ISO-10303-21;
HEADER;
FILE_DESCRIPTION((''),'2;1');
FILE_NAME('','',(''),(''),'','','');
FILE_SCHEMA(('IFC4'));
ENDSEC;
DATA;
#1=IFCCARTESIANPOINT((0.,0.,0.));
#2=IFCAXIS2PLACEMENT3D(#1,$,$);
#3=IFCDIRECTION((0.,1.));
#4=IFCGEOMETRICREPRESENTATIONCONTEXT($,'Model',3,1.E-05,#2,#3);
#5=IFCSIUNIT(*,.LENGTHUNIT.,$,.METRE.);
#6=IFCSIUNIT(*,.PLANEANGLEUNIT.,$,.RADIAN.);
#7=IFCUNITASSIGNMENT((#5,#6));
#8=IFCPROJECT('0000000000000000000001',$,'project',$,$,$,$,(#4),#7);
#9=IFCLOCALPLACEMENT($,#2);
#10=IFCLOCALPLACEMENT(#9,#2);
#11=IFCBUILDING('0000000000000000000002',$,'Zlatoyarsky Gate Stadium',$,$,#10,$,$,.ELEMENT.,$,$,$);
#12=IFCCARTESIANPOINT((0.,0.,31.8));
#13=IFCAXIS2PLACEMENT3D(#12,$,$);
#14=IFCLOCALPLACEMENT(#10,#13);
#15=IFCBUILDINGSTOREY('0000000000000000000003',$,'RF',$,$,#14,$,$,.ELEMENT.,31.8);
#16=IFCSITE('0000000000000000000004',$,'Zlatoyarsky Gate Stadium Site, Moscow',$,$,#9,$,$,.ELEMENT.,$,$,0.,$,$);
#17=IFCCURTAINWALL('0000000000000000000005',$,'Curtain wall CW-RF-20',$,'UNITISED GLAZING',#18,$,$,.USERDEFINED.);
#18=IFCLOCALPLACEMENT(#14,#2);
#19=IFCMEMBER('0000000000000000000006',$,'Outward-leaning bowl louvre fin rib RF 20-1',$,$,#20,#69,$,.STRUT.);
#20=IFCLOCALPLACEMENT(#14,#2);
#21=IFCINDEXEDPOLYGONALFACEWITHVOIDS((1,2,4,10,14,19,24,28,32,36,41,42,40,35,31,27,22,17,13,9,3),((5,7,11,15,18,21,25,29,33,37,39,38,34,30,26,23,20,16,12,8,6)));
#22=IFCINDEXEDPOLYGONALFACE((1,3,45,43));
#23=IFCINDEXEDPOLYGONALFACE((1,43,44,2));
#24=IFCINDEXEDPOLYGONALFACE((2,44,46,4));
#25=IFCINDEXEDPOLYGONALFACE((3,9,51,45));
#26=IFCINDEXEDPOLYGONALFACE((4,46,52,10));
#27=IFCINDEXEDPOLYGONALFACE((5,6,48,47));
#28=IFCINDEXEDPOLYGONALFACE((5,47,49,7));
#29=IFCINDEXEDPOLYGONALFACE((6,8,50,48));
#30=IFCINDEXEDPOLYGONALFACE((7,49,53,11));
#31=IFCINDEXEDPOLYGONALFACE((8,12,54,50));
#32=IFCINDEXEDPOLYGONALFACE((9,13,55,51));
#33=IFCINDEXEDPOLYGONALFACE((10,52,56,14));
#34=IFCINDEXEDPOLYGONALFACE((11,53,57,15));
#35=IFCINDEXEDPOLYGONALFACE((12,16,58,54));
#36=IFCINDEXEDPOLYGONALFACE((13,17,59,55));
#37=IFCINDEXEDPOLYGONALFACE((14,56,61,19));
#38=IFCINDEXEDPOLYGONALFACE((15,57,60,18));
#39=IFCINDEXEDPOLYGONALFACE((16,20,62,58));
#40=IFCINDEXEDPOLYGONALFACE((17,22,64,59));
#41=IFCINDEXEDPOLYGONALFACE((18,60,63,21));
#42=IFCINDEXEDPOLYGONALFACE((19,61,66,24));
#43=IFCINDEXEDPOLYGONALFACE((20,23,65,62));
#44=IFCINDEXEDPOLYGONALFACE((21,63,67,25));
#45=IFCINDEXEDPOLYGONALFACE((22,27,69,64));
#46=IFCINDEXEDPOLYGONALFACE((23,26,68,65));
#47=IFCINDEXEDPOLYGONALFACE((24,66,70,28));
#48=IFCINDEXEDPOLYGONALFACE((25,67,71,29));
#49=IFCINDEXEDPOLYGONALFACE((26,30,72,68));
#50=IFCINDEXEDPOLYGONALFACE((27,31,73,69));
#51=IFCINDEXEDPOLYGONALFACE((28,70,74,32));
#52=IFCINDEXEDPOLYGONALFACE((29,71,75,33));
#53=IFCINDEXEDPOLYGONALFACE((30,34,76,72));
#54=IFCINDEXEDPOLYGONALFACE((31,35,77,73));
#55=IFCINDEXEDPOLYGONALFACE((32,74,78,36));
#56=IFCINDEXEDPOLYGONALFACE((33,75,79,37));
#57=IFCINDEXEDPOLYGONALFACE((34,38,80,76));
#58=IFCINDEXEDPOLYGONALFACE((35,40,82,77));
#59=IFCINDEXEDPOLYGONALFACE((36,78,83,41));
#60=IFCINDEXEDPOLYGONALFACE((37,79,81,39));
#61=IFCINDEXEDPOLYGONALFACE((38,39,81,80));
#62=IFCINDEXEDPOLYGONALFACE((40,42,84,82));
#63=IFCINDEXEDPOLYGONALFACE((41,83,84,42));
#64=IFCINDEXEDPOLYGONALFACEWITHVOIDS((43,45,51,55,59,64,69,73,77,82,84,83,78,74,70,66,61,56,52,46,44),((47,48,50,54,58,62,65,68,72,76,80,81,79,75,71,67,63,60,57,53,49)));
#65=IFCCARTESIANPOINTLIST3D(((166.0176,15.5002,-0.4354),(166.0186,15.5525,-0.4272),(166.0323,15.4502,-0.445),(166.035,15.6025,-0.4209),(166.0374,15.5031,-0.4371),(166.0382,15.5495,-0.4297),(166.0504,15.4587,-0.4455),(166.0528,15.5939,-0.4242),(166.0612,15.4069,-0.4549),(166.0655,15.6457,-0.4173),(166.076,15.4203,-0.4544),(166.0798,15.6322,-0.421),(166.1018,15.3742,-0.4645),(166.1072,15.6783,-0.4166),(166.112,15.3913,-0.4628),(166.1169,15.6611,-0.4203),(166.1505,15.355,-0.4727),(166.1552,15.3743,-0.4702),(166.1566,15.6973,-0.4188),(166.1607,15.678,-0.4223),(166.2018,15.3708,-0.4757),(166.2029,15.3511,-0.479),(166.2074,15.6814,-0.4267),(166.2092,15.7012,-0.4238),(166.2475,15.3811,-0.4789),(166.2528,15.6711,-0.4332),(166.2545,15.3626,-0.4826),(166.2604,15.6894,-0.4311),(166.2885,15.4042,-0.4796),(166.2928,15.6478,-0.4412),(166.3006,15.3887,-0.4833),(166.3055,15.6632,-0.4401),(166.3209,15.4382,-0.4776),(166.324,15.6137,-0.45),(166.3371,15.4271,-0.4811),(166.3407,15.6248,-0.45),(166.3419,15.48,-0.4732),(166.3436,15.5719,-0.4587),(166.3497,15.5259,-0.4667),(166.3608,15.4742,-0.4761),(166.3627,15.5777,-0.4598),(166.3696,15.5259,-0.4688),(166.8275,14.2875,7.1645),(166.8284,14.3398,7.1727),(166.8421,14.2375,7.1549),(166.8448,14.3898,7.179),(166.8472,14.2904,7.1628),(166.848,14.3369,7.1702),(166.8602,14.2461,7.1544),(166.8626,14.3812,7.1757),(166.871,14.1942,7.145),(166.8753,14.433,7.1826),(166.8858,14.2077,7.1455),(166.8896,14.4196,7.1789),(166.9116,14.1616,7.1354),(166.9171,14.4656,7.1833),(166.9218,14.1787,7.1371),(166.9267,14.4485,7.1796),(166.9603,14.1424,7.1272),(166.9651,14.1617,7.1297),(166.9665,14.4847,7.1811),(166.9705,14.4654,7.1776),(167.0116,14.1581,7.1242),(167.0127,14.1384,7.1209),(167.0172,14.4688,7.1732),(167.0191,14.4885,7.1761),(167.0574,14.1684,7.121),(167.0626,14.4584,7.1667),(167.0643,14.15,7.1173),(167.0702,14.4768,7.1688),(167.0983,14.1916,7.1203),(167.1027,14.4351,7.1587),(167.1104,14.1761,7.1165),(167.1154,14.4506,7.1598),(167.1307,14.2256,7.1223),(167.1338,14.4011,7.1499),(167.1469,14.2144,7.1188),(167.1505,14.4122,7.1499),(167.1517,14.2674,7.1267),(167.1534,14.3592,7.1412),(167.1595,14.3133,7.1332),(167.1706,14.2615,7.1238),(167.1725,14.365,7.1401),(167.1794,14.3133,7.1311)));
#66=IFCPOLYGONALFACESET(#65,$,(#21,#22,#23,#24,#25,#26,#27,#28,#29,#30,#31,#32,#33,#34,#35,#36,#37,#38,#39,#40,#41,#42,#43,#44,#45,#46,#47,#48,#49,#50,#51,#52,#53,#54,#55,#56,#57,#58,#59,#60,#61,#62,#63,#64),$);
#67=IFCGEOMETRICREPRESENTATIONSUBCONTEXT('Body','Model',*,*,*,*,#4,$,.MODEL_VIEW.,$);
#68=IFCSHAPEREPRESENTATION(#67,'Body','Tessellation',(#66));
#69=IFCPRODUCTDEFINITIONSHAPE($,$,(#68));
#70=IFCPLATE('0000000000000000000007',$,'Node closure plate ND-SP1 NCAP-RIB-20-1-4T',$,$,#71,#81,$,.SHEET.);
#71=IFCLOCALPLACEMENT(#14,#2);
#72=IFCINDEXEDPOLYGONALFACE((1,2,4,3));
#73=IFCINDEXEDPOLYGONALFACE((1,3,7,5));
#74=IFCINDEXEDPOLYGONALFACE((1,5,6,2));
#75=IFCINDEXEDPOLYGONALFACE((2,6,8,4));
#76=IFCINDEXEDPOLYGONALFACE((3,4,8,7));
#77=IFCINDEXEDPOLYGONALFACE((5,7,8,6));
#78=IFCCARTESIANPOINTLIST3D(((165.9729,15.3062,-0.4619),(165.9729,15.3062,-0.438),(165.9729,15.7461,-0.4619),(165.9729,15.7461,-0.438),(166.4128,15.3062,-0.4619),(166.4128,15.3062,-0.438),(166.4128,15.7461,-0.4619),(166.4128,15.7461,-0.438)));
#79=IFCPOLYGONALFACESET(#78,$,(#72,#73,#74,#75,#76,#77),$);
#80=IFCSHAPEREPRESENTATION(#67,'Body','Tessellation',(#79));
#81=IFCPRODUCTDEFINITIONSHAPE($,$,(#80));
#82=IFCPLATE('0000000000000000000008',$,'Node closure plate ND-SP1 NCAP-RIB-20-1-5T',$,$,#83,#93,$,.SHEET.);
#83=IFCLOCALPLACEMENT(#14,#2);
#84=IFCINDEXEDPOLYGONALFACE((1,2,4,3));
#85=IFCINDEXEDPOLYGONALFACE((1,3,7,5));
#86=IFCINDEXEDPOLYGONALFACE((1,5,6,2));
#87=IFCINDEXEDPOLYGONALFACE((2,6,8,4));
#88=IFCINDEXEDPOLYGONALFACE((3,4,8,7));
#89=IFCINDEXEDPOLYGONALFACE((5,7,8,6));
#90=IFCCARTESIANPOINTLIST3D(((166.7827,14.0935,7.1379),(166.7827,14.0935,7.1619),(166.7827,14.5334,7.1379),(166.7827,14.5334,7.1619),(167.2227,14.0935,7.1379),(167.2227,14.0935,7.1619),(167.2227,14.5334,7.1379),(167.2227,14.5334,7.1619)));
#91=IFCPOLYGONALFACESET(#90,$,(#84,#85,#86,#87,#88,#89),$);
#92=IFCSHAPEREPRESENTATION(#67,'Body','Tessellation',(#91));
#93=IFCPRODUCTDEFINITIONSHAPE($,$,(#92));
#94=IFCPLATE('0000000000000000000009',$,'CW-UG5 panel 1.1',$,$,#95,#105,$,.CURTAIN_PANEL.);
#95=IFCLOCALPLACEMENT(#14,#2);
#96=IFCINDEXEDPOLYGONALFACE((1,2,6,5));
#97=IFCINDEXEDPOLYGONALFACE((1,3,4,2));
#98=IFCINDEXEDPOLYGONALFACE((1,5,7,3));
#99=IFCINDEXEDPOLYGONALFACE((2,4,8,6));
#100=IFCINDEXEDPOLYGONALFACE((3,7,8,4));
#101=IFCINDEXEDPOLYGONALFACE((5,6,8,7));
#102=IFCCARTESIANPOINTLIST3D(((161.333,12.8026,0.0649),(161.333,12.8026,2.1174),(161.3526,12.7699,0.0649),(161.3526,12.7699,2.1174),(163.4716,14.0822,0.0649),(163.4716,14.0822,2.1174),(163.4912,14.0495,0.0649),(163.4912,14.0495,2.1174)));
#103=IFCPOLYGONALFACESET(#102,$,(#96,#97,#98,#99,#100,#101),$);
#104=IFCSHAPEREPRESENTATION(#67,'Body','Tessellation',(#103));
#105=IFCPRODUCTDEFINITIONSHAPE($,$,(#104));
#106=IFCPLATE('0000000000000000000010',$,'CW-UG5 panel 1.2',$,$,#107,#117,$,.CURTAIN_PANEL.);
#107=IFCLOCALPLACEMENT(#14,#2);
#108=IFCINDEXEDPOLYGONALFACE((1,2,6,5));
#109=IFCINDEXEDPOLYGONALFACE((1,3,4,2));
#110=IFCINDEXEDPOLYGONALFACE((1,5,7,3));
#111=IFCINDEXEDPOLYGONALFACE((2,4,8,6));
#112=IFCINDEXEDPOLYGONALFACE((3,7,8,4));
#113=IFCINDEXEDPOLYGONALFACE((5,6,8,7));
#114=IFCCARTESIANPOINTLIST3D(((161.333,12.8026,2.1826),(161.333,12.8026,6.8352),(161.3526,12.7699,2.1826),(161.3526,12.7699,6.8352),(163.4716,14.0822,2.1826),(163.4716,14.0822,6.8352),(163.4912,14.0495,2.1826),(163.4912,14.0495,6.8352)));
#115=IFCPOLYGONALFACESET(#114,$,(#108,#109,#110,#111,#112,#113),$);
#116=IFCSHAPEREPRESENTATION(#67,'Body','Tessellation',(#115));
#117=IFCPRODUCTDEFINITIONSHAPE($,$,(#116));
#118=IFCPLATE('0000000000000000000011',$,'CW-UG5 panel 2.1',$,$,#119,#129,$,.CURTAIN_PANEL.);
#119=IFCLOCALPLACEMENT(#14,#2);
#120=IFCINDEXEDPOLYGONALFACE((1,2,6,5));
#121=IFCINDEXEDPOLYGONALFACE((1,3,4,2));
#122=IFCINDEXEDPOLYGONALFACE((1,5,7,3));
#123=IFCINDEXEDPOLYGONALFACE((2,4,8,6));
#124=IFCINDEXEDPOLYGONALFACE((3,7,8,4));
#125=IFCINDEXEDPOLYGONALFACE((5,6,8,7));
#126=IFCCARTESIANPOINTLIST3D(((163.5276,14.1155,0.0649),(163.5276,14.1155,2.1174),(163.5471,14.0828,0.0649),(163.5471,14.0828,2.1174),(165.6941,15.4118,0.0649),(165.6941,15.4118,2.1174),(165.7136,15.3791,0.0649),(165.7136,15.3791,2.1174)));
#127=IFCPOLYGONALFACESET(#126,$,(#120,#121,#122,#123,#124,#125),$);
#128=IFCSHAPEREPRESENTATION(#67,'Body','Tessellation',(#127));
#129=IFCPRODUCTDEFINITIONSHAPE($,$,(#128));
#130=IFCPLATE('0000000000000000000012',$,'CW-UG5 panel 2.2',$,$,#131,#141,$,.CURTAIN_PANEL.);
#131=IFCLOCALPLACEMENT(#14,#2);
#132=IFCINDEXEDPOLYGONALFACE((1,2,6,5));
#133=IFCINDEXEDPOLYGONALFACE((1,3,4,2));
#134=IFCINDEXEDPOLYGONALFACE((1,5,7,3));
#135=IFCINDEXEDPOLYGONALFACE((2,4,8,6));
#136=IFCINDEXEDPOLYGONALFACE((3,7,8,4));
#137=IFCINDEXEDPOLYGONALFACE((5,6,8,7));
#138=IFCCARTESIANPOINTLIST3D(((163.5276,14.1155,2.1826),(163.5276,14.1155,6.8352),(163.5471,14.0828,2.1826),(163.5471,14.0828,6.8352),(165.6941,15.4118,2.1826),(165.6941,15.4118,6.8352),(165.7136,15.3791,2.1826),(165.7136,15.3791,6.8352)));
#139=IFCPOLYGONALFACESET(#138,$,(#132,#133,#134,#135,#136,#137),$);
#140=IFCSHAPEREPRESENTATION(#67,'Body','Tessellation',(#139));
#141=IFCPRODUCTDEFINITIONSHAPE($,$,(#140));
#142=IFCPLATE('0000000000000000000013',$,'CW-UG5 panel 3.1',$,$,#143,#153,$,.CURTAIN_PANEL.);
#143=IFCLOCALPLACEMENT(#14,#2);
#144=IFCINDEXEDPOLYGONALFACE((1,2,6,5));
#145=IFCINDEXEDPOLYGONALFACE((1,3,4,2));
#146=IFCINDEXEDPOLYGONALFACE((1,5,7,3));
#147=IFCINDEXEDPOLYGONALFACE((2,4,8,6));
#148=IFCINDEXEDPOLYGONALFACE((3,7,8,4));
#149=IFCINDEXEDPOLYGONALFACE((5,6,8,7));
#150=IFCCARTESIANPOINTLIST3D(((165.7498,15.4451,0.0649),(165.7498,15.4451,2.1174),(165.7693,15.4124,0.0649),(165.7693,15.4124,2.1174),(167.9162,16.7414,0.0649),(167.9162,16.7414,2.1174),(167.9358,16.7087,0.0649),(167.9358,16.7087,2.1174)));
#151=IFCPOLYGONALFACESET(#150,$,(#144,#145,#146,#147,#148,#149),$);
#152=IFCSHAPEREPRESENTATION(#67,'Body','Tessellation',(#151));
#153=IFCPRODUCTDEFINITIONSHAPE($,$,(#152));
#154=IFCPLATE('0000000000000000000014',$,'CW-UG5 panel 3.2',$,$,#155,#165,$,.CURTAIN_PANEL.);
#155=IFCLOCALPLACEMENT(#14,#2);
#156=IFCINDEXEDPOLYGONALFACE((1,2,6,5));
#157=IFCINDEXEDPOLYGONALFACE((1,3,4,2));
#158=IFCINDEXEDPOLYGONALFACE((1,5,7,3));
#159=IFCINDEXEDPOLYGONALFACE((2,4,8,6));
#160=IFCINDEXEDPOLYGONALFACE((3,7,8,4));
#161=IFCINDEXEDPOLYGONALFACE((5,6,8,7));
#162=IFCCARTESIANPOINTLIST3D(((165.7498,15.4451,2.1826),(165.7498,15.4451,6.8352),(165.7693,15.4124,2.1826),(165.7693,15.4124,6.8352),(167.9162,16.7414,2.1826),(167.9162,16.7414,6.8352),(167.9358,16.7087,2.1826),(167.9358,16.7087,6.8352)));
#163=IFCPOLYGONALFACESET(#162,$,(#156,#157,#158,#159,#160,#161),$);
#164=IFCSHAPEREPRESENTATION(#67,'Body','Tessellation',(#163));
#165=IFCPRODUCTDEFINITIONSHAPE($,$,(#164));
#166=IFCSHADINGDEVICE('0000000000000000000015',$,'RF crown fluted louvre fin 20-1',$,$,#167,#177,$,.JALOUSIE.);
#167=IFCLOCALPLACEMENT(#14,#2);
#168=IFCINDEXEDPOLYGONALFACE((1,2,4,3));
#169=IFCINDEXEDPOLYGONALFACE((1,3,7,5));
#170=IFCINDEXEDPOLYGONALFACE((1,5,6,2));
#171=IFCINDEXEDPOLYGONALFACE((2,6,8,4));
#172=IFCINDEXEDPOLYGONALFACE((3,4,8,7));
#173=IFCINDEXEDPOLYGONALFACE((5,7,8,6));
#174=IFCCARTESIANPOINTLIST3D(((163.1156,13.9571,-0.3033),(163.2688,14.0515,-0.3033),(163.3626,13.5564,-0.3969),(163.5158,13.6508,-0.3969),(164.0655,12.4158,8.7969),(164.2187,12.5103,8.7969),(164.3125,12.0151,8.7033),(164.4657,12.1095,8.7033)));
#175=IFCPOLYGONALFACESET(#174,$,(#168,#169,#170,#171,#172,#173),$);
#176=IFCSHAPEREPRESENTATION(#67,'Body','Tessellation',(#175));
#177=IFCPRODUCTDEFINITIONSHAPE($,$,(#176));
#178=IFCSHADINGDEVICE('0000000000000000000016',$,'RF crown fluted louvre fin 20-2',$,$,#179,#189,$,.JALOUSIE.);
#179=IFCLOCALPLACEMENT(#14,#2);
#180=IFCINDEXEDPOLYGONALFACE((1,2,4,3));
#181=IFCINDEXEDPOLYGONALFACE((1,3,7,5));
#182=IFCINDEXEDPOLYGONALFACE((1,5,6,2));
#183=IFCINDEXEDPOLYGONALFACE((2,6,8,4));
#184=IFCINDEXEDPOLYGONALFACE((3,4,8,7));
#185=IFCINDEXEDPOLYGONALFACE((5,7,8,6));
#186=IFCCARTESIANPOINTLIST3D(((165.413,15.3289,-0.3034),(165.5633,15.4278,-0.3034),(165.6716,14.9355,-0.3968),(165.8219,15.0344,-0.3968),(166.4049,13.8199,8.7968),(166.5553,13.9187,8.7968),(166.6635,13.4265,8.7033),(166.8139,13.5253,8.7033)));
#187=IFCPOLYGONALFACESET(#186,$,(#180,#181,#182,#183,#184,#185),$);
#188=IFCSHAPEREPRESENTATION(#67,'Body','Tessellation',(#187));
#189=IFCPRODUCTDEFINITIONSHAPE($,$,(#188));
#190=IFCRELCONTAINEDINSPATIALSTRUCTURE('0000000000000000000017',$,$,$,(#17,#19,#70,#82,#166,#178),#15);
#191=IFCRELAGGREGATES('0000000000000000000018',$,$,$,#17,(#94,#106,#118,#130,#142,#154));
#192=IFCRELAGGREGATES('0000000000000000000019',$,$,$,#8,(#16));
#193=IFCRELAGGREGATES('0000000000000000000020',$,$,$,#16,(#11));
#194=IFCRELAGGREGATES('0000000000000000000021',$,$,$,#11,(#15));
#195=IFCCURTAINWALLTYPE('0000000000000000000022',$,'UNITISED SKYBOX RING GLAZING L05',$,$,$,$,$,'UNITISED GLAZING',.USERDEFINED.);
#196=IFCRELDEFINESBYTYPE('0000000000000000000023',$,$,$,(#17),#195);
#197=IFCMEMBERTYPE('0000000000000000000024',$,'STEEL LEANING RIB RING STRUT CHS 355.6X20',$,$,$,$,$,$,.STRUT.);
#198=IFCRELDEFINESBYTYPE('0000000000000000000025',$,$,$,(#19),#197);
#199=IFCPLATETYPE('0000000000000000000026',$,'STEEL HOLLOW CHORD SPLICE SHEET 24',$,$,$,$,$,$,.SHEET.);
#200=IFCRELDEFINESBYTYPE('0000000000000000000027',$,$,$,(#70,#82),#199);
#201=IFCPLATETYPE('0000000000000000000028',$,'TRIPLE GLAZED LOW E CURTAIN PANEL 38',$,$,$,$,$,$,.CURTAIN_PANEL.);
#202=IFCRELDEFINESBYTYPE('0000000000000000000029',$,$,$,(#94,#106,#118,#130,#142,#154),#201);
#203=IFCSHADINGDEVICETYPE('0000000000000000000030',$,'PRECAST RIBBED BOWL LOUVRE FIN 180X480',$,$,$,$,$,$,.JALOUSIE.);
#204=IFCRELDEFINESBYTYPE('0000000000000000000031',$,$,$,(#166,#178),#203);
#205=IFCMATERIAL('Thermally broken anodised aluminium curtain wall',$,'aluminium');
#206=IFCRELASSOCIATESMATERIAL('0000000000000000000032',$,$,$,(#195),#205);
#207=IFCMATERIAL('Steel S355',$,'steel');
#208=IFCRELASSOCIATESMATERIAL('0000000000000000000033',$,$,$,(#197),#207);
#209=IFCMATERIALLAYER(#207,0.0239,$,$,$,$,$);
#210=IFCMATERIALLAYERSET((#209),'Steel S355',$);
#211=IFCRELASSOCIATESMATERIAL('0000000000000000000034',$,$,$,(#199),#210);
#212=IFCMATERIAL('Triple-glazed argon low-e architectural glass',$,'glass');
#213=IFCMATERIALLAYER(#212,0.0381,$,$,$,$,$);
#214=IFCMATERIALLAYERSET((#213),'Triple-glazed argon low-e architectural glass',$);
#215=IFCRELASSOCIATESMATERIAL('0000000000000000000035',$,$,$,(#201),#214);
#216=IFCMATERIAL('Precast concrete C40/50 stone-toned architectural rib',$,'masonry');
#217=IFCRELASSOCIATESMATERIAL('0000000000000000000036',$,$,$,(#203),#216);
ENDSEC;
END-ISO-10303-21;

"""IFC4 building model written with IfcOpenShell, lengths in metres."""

from ifc_helpers import new_model, si_unit, direction, frame, origin, origin_2d, place, context, subcontext, project, spatial, rectangle, hollow_circle, extrude, material, layer, layer_set, material_profile, profile_set, type_object, element, aggregate, save


model = new_model("IFC4")

# Units and contexts
model_context = context("Model", 3, precision=1e-05, world=origin(), true_north=direction((0.0, 1.0)))
body_context = subcontext(model_context, "Body", "Model", "MODEL_VIEW")
ifc_project = project(units=[si_unit("LENGTHUNIT", "METRE"), si_unit("PLANEANGLEUNIT", "RADIAN")], contexts=[model_context])

# Site, building, storey
site_placement = place(None, origin())
site = spatial("IfcSite", under=ifc_project, at=site_placement, Name="Zlatoyarsky Gate Stadium Site, Moscow", CompositionType="ELEMENT", RefElevation=0.0)
building_placement = place(site_placement, origin())
building = spatial("IfcBuilding", under=site, at=building_placement, Name="Zlatoyarsky Gate Stadium", CompositionType="ELEMENT")
storey_placement = place(building_placement, frame((0.0, 0.0, 31.8)))
storey = spatial("IfcBuildingStorey", under=building, at=storey_placement, Name="RF", CompositionType="ELEMENT", Elevation=31.8)

# Curtain wall
ifc_material_1 = material(Name="Thermally broken anodised aluminium curtain wall", Category="aluminium")
curtain_wall_type = type_object("IfcCurtainWallType", Name="UNITISED SKYBOX RING GLAZING L05", ElementType="UNITISED GLAZING", PredefinedType="USERDEFINED", material=ifc_material_1)
curtain_wall_placement = place(storey_placement, origin())
curtain_wall = element("IfcCurtainWall", 1, at=curtain_wall_placement, inside=storey, type_object=curtain_wall_type, Name="Curtain wall CW-RF-20", ObjectType="UNITISED GLAZING", PredefinedType="USERDEFINED")

# Member
ifc_material_2 = material(Name="Steel S355", Category="steel")
ifc_material_profile_1 = material_profile(ifc_material_2, hollow_circle(Radius=0.1777, WallThickness=0.02, at=origin_2d()), Name="CHS 355.6X20")
ifc_profile_set_1 = profile_set([ifc_material_profile_1], Name="Steel S355")
member_type_1 = type_object("IfcMemberType", Name="STEEL LEANING RIB RING STRUT CHS 355.6X20", PredefinedType="STRUT", material=ifc_profile_set_1)
member_1_placement = place(storey_placement, frame((166.1929, 15.5261, -0.45), z_axis=(0.104648, -0.156703, 0.982086), x_axis=(0.831612, 0.555357, 0.0)))
element("IfcMember", 2, at=member_1_placement, inside=storey, type_object=member_type_1, Name="Outward-leaning bowl louvre fin rib RF 20-1", PredefinedType="STRUT", context=body_context, shape_type="SweptSolid", body=[
    extrude(hollow_circle(Radius=0.1777, WallThickness=0.02, at=origin_2d()), origin(), (0.0, 0.0, 1.0), 7.7385),
])

# Plates
ifc_layer_1 = layer(ifc_material_2, 0.0239)
ifc_layer_set_1 = layer_set([ifc_layer_1], Name="Steel S355")
plate_type_1 = type_object("IfcPlateType", Name="STEEL HOLLOW CHORD SPLICE SHEET 24", PredefinedType="SHEET", material=ifc_layer_set_1)
for number, where, z_axis, x_axis, name in (
    (3, (166.1929, 15.5261, -0.4619), (0.0, 0.0, 1.0), (1.0, 0.0, 0.0), "Node closure plate ND-SP1 NCAP-RIB-20-1-4T"),
    (4, (167.0027, 14.3135, 7.1379), (0.0, 0.0, 1.0), (1.0, 0.0, 0.0), "Node closure plate ND-SP1 NCAP-RIB-20-1-5T"),
):
    element("IfcPlate", number, at=place(storey_placement, frame(where, z_axis=z_axis, x_axis=x_axis)), inside=storey, type_object=plate_type_1, Name=name, PredefinedType="SHEET", context=body_context, shape_type="SweptSolid", body=[
        extrude(rectangle(XDim=0.4399, YDim=0.4399, at=origin_2d()), origin(), (0.0, 0.0, 1.0), 0.0239),
    ])

# Plates
ifc_material_3 = material(Name="Triple-glazed argon low-e architectural glass", Category="glass")
ifc_layer_2 = layer(ifc_material_3, 0.0381)
ifc_layer_set_2 = layer_set([ifc_layer_2], Name="Triple-glazed argon low-e architectural glass")
plate_type_2 = type_object("IfcPlateType", Name="TRIPLE GLAZED LOW E CURTAIN PANEL 38", PredefinedType="CURTAIN_PANEL", material=ifc_layer_set_2)
plate_1_placement = place(storey_placement, frame((162.4121, 13.426, 0.0649), z_axis=(0.0, 0.0, 1.0), x_axis=(0.858128, 0.513436, 0.0)))
plate_1 = element("IfcPlate", 5, at=plate_1_placement, type_object=plate_type_2, Name="CW-UG5 panel 1.1", PredefinedType="CURTAIN_PANEL", context=body_context, shape_type="SweptSolid", body=[
    extrude(rectangle(XDim=2.4922, YDim=0.0381, at=origin_2d()), origin(), (0.0, 0.0, 1.0), 2.0525),
])
plate_2_placement = place(storey_placement, frame((162.4121, 13.426, 2.1826), z_axis=(0.0, 0.0, 1.0), x_axis=(0.858128, 0.513436, 0.0)))
plate_2 = element("IfcPlate", 6, at=plate_2_placement, type_object=plate_type_2, Name="CW-UG5 panel 1.2", PredefinedType="CURTAIN_PANEL", context=body_context, shape_type="SweptSolid", body=[
    extrude(rectangle(XDim=2.4922, YDim=0.0381, at=origin_2d()), origin(), (0.0, 0.0, 1.0), 4.6526),
])
plate_3_placement = place(storey_placement, frame((164.6206, 14.7473, 0.0649), z_axis=(0.0, 0.0, 1.0), x_axis=(0.858128, 0.513436, 0.0)))
plate_3 = element("IfcPlate", 7, at=plate_3_placement, type_object=plate_type_2, Name="CW-UG5 panel 2.1", PredefinedType="CURTAIN_PANEL", context=body_context, shape_type="SweptSolid", body=[
    extrude(rectangle(XDim=2.5247, YDim=0.0381, at=origin_2d()), origin(), (0.0, 0.0, 1.0), 2.0525),
])
plate_4_placement = place(storey_placement, frame((164.6206, 14.7473, 2.1826), z_axis=(0.0, 0.0, 1.0), x_axis=(0.858128, 0.513436, 0.0)))
plate_4 = element("IfcPlate", 8, at=plate_4_placement, type_object=plate_type_2, Name="CW-UG5 panel 2.2", PredefinedType="CURTAIN_PANEL", context=body_context, shape_type="SweptSolid", body=[
    extrude(rectangle(XDim=2.5247, YDim=0.0381, at=origin_2d()), origin(), (0.0, 0.0, 1.0), 4.6526),
])
plate_5_placement = place(storey_placement, frame((166.8428, 16.0769, 0.0649), z_axis=(0.0, 0.0, 1.0), x_axis=(0.858128, 0.513436, 0.0)))
plate_5 = element("IfcPlate", 9, at=plate_5_placement, type_object=plate_type_2, Name="CW-UG5 panel 3.1", PredefinedType="CURTAIN_PANEL", context=body_context, shape_type="SweptSolid", body=[
    extrude(rectangle(XDim=2.5247, YDim=0.0381, at=origin_2d()), origin(), (0.0, 0.0, 1.0), 2.0525),
])
plate_6_placement = place(storey_placement, frame((166.8428, 16.0769, 2.1826), z_axis=(0.0, 0.0, 1.0), x_axis=(0.858128, 0.513436, 0.0)))
plate_6 = element("IfcPlate", 10, at=plate_6_placement, type_object=plate_type_2, Name="CW-UG5 panel 3.2", PredefinedType="CURTAIN_PANEL", context=body_context, shape_type="SweptSolid", body=[
    extrude(rectangle(XDim=2.5247, YDim=0.0381, at=origin_2d()), origin(), (0.0, 0.0, 1.0), 4.6526),
])
aggregate(curtain_wall, [plate_1, plate_2, plate_3, plate_4, plate_5, plate_6])

# Shading devices
ifc_material_4 = material(Name="Precast concrete C40/50 stone-toned architectural rib", Category="masonry")
ifc_material_profile_2 = material_profile(ifc_material_4, rectangle(XDim=0.1799, YDim=0.48, at=origin_2d()), Name="RIB 180X480")
ifc_profile_set_2 = profile_set([ifc_material_profile_2], Name="Precast concrete C40/50 stone-toned architectural rib")
shading_device_type = type_object("IfcShadingDeviceType", Name="PRECAST RIBBED BOWL LOUVRE FIN 180X480", PredefinedType="JALOUSIE", material=ifc_profile_set_2)
shading_device_1_placement = place(storey_placement, frame((163.3157, 13.804, -0.3501), z_axis=(0.102383, -0.166112, 0.980778), x_axis=(0.851292, 0.524692, 0.0)))
element("IfcShadingDevice", 11, at=shading_device_1_placement, inside=storey, type_object=shading_device_type, Name="RF crown fluted louvre fin 20-1", PredefinedType="JALOUSIE", context=body_context, shape_type="SweptSolid", body=[
    extrude(rectangle(XDim=0.1799, YDim=0.48, at=origin_2d()), origin(), (0.0, 0.0, 1.0), 9.2786),
])
shading_device_2_placement = place(storey_placement, frame((165.6174, 15.1816, -0.3501), z_axis=(0.106919, -0.162654, 0.980873), x_axis=(0.835631, 0.549291, 0.0)))
element("IfcShadingDevice", 12, at=shading_device_2_placement, inside=storey, type_object=shading_device_type, Name="RF crown fluted louvre fin 20-2", PredefinedType="JALOUSIE", context=body_context, shape_type="SweptSolid", body=[
    extrude(rectangle(XDim=0.1799, YDim=0.48, at=origin_2d()), origin(), (0.0, 0.0, 1.0), 9.2776),
])

save(model, "model.ifc")
